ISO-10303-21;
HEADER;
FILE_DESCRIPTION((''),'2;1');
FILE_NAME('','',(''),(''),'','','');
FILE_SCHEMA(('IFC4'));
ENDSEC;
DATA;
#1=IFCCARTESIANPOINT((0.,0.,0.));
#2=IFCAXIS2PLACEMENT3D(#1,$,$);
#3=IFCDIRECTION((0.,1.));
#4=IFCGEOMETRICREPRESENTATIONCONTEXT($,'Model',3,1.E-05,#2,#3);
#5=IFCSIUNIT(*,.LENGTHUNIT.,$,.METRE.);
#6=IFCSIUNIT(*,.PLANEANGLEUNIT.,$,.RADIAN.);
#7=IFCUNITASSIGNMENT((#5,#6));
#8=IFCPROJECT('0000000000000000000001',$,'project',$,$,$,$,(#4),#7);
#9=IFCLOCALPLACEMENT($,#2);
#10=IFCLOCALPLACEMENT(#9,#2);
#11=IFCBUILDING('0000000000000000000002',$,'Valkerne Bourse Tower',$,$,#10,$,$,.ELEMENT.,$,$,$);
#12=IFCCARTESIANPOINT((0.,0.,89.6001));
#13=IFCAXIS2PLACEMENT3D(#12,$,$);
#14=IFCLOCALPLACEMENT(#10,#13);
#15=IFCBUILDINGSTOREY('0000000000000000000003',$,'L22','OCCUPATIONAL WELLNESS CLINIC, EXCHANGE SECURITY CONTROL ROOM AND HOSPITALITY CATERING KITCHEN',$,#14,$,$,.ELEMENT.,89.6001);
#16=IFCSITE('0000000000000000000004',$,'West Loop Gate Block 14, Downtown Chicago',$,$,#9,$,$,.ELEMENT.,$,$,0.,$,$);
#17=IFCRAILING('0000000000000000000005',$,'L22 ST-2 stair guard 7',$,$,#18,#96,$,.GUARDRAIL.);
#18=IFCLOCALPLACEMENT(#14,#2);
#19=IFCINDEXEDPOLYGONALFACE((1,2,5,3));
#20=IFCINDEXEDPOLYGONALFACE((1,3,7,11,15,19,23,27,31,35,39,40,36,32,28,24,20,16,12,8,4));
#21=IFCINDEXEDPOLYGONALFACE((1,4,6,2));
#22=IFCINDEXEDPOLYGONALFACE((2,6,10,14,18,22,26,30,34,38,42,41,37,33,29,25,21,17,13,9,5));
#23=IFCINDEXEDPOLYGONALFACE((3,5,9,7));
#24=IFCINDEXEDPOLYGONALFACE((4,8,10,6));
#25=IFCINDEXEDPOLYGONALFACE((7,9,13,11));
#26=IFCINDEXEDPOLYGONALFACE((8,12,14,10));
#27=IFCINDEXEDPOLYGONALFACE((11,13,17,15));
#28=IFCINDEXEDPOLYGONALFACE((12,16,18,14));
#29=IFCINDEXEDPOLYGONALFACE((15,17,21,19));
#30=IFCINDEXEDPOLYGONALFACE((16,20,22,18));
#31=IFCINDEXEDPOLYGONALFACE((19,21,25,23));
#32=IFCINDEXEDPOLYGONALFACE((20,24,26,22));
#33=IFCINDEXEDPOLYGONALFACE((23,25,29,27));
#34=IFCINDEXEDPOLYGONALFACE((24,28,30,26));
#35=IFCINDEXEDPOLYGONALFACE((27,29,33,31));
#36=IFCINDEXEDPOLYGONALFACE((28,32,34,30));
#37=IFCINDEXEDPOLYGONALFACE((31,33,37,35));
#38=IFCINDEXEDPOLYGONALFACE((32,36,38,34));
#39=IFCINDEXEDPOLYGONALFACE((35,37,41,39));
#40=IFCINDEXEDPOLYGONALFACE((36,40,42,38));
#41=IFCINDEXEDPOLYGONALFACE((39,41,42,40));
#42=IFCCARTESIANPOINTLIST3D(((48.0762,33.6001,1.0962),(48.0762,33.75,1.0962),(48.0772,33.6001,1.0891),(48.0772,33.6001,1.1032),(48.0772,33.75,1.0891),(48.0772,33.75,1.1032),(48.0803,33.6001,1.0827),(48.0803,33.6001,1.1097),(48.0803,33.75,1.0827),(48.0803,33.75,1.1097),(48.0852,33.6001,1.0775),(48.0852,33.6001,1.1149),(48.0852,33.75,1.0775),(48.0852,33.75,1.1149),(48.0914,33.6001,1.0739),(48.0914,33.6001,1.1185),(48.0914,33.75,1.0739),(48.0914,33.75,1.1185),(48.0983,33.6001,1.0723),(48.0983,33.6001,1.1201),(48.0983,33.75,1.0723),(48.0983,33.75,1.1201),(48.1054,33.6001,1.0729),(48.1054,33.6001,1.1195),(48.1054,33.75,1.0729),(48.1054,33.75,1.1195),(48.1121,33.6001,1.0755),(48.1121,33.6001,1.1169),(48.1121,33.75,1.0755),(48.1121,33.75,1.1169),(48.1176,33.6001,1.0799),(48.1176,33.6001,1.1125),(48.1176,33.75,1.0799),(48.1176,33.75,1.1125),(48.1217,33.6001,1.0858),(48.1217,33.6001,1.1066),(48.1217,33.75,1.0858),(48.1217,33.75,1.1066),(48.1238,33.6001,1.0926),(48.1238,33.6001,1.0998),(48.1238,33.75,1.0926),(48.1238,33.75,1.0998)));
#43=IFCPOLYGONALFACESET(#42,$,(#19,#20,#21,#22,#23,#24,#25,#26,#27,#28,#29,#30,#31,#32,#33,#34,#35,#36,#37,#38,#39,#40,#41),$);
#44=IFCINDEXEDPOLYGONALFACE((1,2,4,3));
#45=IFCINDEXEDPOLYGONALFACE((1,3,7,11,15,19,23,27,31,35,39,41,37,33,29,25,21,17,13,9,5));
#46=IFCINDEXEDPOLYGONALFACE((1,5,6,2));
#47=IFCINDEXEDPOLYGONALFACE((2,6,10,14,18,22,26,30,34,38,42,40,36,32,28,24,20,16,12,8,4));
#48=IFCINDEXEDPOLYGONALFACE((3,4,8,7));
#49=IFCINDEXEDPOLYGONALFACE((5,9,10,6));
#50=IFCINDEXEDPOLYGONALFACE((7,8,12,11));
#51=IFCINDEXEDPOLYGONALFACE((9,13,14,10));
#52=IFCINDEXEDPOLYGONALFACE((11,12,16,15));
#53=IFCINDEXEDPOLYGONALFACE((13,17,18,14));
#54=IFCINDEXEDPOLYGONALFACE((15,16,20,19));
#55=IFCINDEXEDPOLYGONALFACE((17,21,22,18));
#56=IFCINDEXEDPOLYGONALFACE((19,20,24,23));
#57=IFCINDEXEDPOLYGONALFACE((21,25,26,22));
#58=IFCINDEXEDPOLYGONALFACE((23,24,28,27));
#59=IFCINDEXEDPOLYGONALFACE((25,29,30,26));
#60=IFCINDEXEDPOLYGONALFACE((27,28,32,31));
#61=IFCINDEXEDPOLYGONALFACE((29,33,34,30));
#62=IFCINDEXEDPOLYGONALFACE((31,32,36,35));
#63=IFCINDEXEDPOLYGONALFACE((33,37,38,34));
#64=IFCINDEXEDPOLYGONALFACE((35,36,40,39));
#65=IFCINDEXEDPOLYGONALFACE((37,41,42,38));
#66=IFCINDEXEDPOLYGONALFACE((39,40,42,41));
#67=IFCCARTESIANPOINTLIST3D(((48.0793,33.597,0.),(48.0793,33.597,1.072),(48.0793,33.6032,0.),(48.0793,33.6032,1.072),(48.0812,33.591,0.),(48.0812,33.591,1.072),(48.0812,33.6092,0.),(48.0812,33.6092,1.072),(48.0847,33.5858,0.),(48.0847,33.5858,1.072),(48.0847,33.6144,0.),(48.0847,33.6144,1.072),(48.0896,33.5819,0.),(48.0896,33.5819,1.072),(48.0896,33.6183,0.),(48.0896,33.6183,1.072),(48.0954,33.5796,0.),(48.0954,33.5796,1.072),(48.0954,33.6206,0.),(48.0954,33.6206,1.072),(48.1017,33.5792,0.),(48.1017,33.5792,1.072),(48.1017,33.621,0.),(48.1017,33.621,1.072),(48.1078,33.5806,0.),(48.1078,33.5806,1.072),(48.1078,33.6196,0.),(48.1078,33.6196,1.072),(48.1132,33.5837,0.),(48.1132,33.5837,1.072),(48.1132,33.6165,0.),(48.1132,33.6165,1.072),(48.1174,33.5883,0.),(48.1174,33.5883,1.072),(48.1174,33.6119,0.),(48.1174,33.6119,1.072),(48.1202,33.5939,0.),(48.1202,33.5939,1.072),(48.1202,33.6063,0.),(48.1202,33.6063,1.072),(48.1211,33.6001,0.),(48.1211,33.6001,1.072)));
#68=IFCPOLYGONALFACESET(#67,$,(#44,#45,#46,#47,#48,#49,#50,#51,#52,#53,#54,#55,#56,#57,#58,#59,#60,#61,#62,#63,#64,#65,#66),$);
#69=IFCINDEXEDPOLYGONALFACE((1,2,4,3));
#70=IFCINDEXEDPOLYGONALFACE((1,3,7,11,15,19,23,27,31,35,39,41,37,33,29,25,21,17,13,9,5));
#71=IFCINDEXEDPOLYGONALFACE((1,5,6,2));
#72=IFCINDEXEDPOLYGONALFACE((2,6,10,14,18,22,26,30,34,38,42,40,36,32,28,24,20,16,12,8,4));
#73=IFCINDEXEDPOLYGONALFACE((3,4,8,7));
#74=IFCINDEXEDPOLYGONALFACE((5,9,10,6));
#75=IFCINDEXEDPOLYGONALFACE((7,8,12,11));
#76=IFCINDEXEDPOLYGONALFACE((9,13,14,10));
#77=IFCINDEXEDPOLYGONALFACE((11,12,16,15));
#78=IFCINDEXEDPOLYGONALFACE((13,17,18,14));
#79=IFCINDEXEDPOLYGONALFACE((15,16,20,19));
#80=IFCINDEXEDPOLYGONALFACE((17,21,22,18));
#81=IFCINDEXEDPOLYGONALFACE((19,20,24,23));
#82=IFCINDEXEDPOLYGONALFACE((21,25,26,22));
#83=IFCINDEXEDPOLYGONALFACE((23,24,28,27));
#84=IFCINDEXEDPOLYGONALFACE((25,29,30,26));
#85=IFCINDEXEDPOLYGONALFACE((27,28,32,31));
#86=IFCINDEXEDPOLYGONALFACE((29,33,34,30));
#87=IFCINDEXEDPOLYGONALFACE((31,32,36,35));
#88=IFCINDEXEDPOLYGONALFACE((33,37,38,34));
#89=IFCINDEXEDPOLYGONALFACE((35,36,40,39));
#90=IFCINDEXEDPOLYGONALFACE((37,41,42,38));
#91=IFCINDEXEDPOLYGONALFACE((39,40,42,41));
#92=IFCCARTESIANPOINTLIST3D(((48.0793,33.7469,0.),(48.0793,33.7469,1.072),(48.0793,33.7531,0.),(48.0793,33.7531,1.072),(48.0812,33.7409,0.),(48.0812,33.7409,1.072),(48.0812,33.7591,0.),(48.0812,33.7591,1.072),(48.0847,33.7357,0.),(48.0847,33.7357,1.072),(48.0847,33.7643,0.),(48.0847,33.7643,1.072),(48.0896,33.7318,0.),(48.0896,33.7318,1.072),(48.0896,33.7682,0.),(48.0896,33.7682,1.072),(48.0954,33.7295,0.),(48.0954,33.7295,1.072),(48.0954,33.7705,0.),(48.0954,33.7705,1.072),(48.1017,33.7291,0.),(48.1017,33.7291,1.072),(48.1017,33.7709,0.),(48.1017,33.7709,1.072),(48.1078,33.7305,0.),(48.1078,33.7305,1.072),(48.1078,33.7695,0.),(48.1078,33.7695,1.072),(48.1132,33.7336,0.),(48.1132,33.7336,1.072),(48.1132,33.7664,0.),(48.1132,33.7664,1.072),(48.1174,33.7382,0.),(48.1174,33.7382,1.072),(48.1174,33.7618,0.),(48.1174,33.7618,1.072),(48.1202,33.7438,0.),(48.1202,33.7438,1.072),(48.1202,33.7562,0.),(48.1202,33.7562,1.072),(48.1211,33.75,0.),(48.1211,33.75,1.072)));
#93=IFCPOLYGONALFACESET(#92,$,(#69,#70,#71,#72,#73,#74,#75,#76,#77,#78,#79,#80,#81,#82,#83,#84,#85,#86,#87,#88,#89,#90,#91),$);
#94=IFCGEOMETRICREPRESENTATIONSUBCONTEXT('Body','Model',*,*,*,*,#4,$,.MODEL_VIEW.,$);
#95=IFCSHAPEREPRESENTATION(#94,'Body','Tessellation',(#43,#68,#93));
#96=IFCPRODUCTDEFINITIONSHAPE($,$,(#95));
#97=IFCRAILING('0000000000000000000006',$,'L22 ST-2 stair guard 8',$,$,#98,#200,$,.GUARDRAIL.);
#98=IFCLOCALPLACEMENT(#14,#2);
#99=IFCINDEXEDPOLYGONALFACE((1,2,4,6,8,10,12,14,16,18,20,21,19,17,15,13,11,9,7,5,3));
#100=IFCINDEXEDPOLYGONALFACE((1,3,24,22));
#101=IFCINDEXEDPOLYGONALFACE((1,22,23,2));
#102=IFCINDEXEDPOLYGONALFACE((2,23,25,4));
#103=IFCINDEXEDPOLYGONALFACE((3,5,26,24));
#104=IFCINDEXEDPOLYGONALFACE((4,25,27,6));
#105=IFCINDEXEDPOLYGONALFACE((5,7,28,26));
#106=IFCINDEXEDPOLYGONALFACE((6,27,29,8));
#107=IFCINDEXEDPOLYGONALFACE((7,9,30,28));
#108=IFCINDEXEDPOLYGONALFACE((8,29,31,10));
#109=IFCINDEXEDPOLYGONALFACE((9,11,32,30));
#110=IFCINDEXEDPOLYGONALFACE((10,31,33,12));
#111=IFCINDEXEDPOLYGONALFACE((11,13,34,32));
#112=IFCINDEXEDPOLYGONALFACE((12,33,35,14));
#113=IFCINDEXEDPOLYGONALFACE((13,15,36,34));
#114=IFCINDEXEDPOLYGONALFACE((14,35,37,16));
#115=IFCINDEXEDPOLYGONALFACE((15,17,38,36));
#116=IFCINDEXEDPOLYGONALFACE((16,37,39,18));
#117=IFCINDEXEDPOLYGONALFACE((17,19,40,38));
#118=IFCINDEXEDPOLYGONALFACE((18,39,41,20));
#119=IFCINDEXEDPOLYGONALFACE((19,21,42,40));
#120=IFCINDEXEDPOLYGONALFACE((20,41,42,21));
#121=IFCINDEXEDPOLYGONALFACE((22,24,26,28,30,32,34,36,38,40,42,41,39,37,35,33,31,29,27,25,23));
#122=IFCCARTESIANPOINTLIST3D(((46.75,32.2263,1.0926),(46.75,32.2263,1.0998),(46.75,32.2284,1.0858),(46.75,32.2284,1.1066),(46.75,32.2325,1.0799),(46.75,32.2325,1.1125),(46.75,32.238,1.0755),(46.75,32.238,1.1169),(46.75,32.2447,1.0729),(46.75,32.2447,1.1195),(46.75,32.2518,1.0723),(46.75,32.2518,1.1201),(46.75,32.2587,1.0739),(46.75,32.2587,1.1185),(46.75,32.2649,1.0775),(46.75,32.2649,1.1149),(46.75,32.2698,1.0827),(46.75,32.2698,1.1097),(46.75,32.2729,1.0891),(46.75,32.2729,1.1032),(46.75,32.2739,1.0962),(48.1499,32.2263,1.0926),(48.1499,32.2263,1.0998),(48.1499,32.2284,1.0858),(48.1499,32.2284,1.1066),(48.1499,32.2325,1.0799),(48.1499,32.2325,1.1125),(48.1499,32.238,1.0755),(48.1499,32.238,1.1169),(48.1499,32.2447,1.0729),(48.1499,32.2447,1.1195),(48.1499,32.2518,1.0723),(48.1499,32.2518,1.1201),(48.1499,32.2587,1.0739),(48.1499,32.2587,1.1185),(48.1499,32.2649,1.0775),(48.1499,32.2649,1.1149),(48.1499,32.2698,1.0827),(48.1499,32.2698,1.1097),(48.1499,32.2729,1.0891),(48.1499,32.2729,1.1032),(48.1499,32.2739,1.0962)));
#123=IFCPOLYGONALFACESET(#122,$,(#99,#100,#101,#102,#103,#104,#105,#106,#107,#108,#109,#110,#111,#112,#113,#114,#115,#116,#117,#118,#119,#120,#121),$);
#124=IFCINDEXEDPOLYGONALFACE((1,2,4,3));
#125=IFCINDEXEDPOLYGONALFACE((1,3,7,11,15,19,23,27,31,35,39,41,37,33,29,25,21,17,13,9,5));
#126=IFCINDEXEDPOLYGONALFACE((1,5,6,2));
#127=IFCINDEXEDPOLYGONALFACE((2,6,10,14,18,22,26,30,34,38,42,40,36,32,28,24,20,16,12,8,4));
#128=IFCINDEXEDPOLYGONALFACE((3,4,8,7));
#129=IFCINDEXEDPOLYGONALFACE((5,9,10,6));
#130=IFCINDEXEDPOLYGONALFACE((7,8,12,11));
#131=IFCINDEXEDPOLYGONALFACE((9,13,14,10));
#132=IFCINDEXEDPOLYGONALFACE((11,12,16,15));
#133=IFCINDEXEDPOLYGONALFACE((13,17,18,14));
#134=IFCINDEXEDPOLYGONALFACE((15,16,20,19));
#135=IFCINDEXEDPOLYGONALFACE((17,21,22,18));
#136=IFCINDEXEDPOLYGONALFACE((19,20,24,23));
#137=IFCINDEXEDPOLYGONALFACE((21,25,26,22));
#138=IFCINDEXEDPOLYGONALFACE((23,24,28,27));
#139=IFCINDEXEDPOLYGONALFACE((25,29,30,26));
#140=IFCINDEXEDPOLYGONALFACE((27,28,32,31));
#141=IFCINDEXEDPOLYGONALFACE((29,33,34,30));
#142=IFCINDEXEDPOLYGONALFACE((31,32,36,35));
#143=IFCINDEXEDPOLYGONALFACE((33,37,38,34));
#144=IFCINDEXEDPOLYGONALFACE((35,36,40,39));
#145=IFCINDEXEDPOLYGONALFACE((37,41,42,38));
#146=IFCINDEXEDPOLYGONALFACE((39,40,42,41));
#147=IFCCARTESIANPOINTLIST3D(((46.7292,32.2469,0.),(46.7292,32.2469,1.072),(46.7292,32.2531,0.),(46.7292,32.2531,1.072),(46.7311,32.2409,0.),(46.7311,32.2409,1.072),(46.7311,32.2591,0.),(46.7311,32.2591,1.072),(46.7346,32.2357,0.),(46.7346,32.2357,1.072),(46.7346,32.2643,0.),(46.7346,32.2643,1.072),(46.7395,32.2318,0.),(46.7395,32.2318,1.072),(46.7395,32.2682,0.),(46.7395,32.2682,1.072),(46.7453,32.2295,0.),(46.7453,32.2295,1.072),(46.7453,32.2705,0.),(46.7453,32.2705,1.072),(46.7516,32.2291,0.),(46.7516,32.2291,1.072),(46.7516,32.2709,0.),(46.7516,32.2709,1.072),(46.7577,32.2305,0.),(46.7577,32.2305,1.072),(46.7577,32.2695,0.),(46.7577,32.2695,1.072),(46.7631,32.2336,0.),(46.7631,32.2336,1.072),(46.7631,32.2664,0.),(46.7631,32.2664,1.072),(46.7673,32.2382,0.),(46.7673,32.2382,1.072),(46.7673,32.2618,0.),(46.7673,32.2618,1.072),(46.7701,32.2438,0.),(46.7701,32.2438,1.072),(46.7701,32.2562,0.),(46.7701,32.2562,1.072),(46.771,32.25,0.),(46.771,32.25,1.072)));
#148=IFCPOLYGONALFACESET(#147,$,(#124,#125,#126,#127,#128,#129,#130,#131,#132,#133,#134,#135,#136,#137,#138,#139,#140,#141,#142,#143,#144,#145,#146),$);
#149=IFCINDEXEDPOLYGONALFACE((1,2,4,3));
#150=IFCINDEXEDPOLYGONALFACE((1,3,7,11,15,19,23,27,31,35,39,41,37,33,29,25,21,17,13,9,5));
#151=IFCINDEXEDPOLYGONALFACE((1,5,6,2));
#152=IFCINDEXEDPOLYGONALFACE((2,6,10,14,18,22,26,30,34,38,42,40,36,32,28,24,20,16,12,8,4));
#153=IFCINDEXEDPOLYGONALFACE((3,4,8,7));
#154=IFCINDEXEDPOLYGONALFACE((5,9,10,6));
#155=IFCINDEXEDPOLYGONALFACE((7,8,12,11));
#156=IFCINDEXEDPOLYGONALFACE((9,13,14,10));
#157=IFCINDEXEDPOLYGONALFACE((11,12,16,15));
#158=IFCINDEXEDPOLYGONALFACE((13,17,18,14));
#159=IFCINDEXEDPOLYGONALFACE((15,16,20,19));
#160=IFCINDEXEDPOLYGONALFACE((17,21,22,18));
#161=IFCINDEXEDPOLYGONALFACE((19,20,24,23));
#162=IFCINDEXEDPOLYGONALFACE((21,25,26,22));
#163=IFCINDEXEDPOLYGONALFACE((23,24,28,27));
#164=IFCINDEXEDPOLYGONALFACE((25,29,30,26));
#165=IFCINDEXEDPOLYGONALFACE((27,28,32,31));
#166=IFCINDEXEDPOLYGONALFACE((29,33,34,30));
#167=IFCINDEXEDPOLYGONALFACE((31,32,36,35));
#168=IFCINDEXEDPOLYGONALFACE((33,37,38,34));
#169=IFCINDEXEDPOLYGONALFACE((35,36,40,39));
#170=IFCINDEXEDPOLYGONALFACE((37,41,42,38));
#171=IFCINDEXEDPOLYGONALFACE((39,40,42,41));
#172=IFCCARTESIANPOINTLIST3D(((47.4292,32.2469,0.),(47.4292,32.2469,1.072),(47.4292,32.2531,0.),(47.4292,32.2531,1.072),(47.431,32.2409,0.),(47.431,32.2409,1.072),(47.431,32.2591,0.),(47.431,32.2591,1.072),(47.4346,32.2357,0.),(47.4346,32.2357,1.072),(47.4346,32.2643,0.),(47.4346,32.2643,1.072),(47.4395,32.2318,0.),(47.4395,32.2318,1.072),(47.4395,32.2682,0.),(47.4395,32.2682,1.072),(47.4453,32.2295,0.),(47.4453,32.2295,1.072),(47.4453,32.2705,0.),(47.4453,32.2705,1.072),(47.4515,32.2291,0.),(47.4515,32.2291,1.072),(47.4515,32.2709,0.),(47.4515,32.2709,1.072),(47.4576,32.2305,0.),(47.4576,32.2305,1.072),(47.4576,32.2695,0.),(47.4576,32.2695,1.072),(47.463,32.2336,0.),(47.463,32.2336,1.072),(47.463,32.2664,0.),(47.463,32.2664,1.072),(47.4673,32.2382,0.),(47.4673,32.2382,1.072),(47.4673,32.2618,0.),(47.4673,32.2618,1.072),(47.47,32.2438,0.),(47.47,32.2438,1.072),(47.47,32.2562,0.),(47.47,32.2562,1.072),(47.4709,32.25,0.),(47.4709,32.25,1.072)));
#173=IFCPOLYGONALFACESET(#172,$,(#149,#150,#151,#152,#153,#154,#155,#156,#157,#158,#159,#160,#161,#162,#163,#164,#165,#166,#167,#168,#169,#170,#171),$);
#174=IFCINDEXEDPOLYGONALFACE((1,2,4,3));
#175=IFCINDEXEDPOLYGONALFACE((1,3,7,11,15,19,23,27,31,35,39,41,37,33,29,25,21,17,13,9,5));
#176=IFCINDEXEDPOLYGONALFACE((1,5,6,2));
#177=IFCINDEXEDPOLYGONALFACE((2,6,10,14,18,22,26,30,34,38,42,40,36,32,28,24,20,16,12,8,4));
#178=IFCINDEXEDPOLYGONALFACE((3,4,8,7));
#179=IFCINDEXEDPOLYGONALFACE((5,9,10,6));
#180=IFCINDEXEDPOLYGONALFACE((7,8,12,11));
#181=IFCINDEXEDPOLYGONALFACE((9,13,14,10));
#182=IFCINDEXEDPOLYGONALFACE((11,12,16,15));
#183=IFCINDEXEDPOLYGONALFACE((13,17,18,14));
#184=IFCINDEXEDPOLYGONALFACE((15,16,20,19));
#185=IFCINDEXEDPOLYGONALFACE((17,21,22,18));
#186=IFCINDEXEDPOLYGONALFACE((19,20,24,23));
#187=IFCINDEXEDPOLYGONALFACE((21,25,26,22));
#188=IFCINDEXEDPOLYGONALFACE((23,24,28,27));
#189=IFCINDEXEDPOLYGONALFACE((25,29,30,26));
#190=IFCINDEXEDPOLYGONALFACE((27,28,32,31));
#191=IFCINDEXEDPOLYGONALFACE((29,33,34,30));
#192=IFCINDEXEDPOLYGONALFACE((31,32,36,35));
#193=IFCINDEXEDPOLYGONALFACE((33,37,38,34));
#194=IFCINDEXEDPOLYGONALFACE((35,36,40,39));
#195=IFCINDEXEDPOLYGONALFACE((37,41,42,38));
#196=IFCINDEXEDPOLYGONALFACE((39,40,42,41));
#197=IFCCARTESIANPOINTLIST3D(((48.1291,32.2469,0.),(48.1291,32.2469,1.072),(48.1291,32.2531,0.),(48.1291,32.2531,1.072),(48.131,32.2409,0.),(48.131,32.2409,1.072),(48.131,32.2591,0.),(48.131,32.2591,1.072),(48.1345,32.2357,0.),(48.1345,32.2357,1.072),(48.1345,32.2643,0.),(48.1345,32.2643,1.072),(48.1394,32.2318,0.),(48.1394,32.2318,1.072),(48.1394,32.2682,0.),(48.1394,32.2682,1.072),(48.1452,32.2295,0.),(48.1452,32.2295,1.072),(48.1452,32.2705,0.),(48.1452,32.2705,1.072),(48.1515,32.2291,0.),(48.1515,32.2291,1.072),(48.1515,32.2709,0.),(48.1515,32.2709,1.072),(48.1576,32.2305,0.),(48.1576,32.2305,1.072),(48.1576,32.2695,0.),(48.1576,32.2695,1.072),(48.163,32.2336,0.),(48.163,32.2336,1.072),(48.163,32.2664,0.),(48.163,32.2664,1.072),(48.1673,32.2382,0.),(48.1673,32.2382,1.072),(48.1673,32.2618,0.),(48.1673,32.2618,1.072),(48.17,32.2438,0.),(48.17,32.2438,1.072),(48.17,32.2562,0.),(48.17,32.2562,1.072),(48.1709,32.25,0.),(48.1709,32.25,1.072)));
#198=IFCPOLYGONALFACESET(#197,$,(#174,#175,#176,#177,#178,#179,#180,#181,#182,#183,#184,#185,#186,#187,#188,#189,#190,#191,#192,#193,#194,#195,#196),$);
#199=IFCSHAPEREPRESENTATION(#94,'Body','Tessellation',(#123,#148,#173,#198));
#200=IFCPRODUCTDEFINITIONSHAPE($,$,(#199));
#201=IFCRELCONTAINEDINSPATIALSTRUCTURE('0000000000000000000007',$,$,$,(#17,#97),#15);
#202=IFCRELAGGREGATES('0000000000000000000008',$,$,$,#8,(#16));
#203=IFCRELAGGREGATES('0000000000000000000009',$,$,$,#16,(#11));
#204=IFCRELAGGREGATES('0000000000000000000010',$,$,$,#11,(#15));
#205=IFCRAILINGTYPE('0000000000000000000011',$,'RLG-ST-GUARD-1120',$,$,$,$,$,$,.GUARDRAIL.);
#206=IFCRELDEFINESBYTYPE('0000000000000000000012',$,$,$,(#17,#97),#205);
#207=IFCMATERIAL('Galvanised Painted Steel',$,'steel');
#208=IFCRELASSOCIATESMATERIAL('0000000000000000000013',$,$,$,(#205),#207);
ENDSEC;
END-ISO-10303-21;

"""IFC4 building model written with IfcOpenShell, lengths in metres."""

from ifc_helpers import new_model, si_unit, direction, frame, origin, origin_2d, place, context, subcontext, project, spatial, circle, extrude, material, type_object, element, save


model = new_model("IFC4")

# Units and contexts
model_context = context("Model", 3, precision=1e-05, world=origin(), true_north=direction((0.0, 1.0)))
body_context = subcontext(model_context, "Body", "Model", "MODEL_VIEW")
ifc_project = project(units=[si_unit("LENGTHUNIT", "METRE"), si_unit("PLANEANGLEUNIT", "RADIAN")], contexts=[model_context])

# Site, building, storey
site_placement = place(None, origin())
site = spatial("IfcSite", under=ifc_project, at=site_placement, Name="West Loop Gate Block 14, Downtown Chicago", CompositionType="ELEMENT", RefElevation=0.0)
building_placement = place(site_placement, origin())
building = spatial("IfcBuilding", under=site, at=building_placement, Name="Valkerne Bourse Tower", CompositionType="ELEMENT")
storey_placement = place(building_placement, frame((0.0, 0.0, 89.6001)))
storey = spatial("IfcBuildingStorey", under=building, at=storey_placement, Name="L22", Description="OCCUPATIONAL WELLNESS CLINIC, EXCHANGE SECURITY CONTROL ROOM AND HOSPITALITY CATERING KITCHEN", CompositionType="ELEMENT", Elevation=89.6001)

# Shared definitions
ifc_material_1 = material(Name="Galvanised Painted Steel", Category="steel")

# Railings
railing_type_1 = type_object("IfcRailingType", Name="RLG-ST-GUARD-1120", PredefinedType="GUARDRAIL", material=ifc_material_1)
railing_1_placement = place(storey_placement, frame((48.1001, 33.6001, 0.0)))
element("IfcRailing", 1, at=railing_1_placement, inside=storey, type_object=railing_type_1, Name="L22 ST-2 stair guard 7", PredefinedType="GUARDRAIL", context=body_context, shape_type="SweptSolid", body=[
    extrude(circle(Radius=0.0239, at=origin_2d()), frame((0.0, 0.0, 1.0962), z_axis=(0.0, 1.0, 0.0), x_axis=(-1.0, 0.0, 0.0)), (0.0, 0.0, 1.0), 0.1499),
    extrude(circle(Radius=0.021, at=origin_2d()), origin(), (0.0, 0.0, 1.0), 1.072),
    extrude(circle(Radius=0.021, at=origin_2d()), frame((0.0, 0.1499, 0.0)), (0.0, 0.0, 1.0), 1.072),
])
for number, where, name in (
    (2, (46.75, 32.25, 0.0), "L22 ST-2 stair guard 8"),
):
    element("IfcRailing", number, at=place(storey_placement, frame(where)), inside=storey, type_object=railing_type_1, Name=name, PredefinedType="GUARDRAIL", context=body_context, shape_type="SweptSolid", body=[
        extrude(circle(Radius=0.0239, at=origin_2d()), frame((0.0, 0.0, 1.0962), z_axis=(1.0, 0.0, 0.0), x_axis=(0.0, 1.0, 0.0)), (0.0, 0.0, 1.0), 1.3999),
        extrude(circle(Radius=0.021, at=origin_2d()), origin(), (0.0, 0.0, 1.0), 1.072),
        extrude(circle(Radius=0.021, at=origin_2d()), frame((0.7, 0.0, 0.0)), (0.0, 0.0, 1.0), 1.072),
        extrude(circle(Radius=0.021, at=origin_2d()), frame((1.3999, 0.0, 0.0)), (0.0, 0.0, 1.0), 1.072),
    ])

save(model, "model.ifc")
